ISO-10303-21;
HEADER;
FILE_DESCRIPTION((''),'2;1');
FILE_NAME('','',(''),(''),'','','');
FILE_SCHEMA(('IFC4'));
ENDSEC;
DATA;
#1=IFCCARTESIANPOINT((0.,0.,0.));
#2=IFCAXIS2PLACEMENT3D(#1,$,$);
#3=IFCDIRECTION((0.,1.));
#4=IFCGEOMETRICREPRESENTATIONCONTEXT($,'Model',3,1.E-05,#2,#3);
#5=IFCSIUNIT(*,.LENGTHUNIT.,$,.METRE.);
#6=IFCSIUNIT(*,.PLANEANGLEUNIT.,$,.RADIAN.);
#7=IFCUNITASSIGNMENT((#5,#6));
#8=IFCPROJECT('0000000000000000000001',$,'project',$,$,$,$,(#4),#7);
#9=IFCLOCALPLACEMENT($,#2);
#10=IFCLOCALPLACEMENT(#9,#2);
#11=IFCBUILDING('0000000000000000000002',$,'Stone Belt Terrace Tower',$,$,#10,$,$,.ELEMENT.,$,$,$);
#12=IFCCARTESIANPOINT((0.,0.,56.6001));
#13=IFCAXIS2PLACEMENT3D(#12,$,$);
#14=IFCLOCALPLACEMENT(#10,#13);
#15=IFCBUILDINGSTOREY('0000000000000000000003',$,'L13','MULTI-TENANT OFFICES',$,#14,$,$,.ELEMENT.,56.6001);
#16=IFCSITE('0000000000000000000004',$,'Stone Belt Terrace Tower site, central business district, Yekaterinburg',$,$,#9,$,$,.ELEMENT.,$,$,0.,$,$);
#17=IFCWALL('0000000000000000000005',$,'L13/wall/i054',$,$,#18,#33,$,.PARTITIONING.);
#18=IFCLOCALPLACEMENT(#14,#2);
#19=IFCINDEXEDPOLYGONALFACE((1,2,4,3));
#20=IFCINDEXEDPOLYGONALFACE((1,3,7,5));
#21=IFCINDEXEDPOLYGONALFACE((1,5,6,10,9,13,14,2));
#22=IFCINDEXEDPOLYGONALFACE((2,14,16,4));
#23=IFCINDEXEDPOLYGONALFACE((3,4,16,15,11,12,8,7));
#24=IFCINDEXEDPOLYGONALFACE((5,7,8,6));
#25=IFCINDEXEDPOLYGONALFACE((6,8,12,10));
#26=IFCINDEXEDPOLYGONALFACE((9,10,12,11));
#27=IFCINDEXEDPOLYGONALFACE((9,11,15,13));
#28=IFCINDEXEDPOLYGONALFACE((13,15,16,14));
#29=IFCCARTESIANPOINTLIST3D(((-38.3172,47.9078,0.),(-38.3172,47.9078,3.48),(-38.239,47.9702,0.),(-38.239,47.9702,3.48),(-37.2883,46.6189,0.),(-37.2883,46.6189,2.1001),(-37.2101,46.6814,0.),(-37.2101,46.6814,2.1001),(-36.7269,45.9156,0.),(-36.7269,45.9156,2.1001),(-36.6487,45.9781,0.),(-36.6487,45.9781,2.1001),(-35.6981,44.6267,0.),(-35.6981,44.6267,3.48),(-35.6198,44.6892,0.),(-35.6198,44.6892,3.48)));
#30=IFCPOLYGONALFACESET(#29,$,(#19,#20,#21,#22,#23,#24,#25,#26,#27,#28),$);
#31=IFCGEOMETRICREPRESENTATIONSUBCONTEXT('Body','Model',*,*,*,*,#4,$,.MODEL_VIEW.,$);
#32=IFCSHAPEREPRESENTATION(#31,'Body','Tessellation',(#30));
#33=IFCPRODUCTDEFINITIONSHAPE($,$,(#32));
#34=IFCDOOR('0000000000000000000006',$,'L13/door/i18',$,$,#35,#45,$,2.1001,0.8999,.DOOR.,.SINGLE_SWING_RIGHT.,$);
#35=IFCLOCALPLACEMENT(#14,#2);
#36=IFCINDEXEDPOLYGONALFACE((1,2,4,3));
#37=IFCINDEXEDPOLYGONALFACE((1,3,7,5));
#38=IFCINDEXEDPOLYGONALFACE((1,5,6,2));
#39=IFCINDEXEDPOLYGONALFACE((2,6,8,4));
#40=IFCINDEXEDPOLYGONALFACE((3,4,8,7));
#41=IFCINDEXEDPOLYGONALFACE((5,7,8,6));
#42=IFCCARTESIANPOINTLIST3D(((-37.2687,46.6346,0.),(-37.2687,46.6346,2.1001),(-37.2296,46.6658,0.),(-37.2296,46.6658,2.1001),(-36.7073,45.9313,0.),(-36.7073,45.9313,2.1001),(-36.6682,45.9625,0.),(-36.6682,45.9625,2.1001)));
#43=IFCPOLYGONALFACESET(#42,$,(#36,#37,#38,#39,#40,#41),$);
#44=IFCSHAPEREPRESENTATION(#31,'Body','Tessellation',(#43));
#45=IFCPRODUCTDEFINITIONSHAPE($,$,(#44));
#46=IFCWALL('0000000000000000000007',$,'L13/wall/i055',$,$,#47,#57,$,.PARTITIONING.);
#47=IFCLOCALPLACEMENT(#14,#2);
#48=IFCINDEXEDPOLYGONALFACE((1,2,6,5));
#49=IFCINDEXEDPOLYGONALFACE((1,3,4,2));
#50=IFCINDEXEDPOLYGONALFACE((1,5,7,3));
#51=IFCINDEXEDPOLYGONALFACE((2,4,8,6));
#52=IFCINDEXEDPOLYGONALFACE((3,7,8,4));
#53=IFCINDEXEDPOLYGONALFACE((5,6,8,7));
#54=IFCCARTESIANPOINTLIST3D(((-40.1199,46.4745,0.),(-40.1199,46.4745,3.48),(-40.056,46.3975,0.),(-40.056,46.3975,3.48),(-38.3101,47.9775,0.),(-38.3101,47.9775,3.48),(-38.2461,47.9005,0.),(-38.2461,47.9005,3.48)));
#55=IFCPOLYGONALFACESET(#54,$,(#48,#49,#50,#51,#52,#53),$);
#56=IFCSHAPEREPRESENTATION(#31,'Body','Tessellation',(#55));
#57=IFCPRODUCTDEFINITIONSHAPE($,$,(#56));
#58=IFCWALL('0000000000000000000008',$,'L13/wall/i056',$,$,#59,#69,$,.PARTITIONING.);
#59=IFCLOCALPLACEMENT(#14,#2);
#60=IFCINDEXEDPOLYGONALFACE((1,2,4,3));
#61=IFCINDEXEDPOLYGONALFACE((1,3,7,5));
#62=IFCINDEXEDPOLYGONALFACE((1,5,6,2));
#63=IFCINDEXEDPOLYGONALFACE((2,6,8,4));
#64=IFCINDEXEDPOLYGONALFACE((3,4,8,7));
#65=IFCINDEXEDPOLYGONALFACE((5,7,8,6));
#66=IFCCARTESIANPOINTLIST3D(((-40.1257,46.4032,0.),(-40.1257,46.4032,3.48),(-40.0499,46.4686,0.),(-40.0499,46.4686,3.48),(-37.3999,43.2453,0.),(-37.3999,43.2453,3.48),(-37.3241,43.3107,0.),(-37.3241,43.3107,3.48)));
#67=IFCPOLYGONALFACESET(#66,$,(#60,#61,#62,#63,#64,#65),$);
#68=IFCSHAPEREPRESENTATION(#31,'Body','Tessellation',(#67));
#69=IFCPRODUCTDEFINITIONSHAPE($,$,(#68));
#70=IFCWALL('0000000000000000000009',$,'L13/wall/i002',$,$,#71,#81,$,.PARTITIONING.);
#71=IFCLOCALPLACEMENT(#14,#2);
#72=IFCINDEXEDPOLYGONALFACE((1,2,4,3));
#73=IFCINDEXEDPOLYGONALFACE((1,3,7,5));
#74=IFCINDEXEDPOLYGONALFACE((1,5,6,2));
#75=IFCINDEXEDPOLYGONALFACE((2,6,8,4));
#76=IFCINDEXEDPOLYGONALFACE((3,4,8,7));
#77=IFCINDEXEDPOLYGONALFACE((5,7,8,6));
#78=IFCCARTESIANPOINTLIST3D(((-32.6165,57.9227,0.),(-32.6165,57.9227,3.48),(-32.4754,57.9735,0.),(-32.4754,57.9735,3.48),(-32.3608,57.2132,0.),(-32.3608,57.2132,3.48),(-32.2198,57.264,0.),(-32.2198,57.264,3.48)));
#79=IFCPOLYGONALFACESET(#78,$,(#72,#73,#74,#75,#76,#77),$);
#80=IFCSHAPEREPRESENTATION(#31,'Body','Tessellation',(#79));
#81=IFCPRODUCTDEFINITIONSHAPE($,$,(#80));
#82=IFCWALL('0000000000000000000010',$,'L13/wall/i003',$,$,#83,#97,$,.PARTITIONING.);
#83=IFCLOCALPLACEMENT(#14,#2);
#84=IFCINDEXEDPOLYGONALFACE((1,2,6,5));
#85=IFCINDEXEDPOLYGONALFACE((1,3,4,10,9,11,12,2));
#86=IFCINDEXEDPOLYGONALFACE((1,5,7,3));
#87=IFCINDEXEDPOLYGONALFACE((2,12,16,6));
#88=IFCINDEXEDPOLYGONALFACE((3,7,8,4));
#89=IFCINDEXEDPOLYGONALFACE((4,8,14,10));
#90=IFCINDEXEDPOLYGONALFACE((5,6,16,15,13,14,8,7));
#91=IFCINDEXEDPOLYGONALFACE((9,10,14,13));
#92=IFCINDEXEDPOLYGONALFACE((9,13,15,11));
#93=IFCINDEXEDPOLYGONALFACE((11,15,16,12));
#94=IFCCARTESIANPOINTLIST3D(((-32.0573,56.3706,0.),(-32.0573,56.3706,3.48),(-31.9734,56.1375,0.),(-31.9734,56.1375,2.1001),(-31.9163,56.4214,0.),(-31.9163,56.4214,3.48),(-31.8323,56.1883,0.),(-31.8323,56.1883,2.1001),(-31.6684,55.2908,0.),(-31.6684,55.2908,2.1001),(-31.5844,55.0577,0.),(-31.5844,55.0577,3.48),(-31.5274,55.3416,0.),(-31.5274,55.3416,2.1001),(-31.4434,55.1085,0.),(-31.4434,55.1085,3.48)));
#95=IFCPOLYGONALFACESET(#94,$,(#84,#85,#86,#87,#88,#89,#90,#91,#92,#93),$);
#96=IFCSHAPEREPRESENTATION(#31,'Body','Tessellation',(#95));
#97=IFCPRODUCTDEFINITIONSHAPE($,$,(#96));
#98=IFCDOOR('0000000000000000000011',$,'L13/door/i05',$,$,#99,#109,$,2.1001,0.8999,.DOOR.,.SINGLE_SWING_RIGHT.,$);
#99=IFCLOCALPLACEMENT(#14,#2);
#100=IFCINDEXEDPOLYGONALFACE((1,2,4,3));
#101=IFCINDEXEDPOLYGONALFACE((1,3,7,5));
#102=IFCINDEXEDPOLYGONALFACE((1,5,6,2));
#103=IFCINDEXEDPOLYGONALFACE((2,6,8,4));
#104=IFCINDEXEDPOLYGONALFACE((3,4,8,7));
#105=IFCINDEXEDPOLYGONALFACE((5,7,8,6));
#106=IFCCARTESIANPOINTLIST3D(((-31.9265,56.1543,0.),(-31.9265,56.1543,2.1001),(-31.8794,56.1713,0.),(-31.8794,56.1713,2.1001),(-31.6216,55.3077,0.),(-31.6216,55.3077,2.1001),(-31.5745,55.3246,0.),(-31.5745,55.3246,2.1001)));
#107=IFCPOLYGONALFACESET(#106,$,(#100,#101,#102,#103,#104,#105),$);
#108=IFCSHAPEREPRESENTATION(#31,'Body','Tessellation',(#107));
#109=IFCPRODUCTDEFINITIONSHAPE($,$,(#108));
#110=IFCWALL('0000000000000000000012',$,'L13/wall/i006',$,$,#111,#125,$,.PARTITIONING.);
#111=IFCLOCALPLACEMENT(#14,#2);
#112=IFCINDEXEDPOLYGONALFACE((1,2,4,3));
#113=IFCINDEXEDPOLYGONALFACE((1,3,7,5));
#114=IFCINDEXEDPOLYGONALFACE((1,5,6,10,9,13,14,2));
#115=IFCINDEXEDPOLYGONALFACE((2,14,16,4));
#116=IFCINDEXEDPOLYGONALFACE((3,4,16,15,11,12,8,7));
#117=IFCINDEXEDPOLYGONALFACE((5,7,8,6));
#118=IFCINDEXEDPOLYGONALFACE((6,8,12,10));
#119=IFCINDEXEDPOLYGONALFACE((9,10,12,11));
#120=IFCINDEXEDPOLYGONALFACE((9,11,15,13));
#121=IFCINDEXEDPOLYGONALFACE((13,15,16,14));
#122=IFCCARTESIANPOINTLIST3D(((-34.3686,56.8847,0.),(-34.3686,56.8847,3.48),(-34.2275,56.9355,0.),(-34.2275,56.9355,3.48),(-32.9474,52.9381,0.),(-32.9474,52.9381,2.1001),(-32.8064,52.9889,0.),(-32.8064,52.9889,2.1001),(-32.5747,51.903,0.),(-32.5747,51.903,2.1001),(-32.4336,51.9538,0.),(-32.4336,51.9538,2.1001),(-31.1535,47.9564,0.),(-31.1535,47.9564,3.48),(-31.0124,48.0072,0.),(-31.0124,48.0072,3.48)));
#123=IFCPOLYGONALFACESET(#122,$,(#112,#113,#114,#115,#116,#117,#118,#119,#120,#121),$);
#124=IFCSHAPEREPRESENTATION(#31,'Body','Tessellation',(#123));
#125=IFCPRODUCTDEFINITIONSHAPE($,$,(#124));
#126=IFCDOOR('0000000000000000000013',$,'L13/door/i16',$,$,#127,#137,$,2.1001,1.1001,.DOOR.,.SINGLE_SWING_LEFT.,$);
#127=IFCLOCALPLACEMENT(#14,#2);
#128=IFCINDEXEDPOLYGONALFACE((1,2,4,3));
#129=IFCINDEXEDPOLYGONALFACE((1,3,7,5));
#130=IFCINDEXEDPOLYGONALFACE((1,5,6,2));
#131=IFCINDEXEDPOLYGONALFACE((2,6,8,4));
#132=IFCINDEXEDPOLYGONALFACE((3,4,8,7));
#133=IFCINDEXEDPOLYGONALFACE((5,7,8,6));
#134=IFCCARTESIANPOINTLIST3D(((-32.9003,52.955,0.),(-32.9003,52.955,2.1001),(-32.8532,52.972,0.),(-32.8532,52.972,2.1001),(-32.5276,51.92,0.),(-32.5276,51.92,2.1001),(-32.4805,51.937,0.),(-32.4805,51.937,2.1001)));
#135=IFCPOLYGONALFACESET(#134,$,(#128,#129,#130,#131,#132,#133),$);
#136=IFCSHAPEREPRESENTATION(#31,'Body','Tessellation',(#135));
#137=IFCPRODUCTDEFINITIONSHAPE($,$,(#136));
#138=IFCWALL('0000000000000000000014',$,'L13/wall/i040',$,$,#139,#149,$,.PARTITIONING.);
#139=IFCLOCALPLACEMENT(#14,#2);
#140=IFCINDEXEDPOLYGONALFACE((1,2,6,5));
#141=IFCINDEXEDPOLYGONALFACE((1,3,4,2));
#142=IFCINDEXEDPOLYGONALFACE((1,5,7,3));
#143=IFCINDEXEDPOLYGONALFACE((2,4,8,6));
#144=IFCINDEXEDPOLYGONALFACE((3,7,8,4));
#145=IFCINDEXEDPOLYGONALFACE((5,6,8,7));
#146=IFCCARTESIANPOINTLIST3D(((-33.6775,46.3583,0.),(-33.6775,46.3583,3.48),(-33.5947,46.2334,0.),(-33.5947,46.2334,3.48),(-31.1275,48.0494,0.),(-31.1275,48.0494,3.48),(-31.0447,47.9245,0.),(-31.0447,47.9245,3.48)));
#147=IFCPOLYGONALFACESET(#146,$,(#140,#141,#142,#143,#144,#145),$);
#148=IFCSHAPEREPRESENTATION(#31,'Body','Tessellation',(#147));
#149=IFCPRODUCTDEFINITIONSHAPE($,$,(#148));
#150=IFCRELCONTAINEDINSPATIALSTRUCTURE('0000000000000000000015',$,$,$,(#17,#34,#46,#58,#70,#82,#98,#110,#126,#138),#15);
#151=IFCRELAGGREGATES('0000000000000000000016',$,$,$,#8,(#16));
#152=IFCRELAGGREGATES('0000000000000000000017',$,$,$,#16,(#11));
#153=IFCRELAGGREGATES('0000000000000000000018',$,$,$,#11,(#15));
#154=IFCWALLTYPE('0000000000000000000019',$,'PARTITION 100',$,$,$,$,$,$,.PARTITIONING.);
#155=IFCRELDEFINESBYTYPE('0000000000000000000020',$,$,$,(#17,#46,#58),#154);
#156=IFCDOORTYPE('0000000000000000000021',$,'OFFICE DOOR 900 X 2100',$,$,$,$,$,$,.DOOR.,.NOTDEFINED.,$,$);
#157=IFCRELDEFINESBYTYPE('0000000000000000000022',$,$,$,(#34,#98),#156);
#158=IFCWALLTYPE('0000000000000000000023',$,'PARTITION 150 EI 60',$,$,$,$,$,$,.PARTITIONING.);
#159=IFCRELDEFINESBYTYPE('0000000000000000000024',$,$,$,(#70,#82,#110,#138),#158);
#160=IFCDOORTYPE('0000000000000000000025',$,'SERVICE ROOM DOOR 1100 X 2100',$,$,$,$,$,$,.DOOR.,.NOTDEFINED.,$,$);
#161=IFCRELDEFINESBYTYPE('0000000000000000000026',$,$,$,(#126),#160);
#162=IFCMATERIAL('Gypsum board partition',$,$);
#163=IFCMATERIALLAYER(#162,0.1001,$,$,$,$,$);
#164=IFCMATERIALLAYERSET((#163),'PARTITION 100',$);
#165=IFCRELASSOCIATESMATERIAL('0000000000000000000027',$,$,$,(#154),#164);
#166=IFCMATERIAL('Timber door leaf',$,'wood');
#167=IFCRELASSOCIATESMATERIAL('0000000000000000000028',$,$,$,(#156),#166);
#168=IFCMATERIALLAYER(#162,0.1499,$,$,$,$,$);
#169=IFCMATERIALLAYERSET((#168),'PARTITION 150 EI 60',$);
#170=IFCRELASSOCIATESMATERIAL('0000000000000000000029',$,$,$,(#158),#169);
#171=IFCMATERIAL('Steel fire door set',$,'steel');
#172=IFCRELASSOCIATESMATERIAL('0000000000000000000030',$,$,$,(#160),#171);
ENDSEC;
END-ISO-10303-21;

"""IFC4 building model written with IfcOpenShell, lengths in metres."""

from ifc_helpers import new_model, si_unit, direction, frame, frame_2d, origin, place, context, subcontext, project, spatial, rectangle, extrude, material, layer, layer_set, type_object, element, fill, save


model = new_model("IFC4")

# Units and contexts
model_context = context("Model", 3, precision=1e-05, world=origin(), true_north=direction((0.0, 1.0)))
body_context = subcontext(model_context, "Body", "Model", "MODEL_VIEW")
ifc_project = project(units=[si_unit("LENGTHUNIT", "METRE"), si_unit("PLANEANGLEUNIT", "RADIAN")], contexts=[model_context])

# Site, building, storey
site_placement = place(None, origin())
site = spatial("IfcSite", under=ifc_project, at=site_placement, Name="Stone Belt Terrace Tower site, central business district, Yekaterinburg", CompositionType="ELEMENT", RefElevation=0.0)
building_placement = place(site_placement, origin())
building = spatial("IfcBuilding", under=site, at=building_placement, Name="Stone Belt Terrace Tower", CompositionType="ELEMENT")
storey_placement = place(building_placement, frame((0.0, 0.0, 56.6001)))
storey = spatial("IfcBuildingStorey", under=building, at=storey_placement, Name="L13", Description="MULTI-TENANT OFFICES", CompositionType="ELEMENT", Elevation=56.6001)

# Wall, opening, door
ifc_material_1 = material(Name="Gypsum board partition")
ifc_layer_1 = layer(ifc_material_1, 0.1001)
ifc_layer_set_1 = layer_set([ifc_layer_1], Name="PARTITION 100")
wall_type_1 = type_object("IfcWallType", Name="PARTITION 100", PredefinedType="PARTITIONING", material=ifc_layer_set_1)
wall_1_placement = place(storey_placement, frame((-35.6589, 44.658, 0.0), z_axis=(0.0, 0.0, 1.0), x_axis=(-0.623872, 0.781527, 0.0)))
wall_1 = element("IfcWall", 1, at=wall_1_placement, inside=storey, type_object=wall_type_1, Name="L13/wall/i054", PredefinedType="PARTITIONING", context=body_context, shape_type="SweptSolid", body=[
    extrude(rectangle(XDim=4.1982, YDim=0.1001, at=frame_2d((2.0991, 0.0))), origin(), (0.0, 0.0, 1.0), 3.48),
])
opening_1_placement = place(wall_1_placement, frame((1.6492, 0.0, 0.0)))
opening_1 = element("IfcOpeningElement", 2, at=opening_1_placement, cuts=wall_1, PredefinedType="OPENING", context=body_context, shape_type="SweptSolid", body=[
    extrude(rectangle(XDim=0.8999, YDim=2.1001, at=frame_2d((0.45, 1.05))), frame((0.0, 0.0601, 0.0), z_axis=(0.0, -1.0, 0.0), x_axis=(1.0, 0.0, 0.0)), (0.0, 0.0, 1.0), 0.1201),
])
ifc_material_2 = material(Name="Timber door leaf", Category="wood")
door_type_1 = type_object("IfcDoorType", Name="OFFICE DOOR 900 X 2100", OperationType="NOTDEFINED", PredefinedType="DOOR", material=ifc_material_2)
door_1_placement = place(opening_1_placement, origin())
door_1 = element("IfcDoor", 3, at=door_1_placement, inside=storey, type_object=door_type_1, Name="L13/door/i18", OperationType="SINGLE_SWING_RIGHT", OverallHeight=2.1001, OverallWidth=0.8999, PredefinedType="DOOR", context=body_context, shape_type="SweptSolid", body=[
    extrude(rectangle(XDim=0.8999, YDim=2.1001, at=frame_2d((0.45, 1.05))), frame((0.0, 0.0249, 0.0), z_axis=(0.0, -1.0, 0.0), x_axis=(1.0, 0.0, 0.0)), (0.0, 0.0, 1.0), 0.05),
])
fill(opening_1, door_1)

# Walls
wall_2_placement = place(storey_placement, frame((-38.2781, 47.939, 0.0), z_axis=(0.0, 0.0, 1.0), x_axis=(-0.769317, -0.638867, 0.0)))
element("IfcWall", 4, at=wall_2_placement, inside=storey, type_object=wall_type_1, Name="L13/wall/i055", PredefinedType="PARTITIONING", context=body_context, shape_type="SweptSolid", body=[
    extrude(rectangle(XDim=2.3525, YDim=0.1001, at=frame_2d((1.1763, 0.0))), origin(), (0.0, 0.0, 1.0), 3.48),
])
wall_3_placement = place(storey_placement, frame((-40.0879, 46.436, 0.0), z_axis=(0.0, 0.0, 1.0), x_axis=(0.653414, -0.757001, 0.0)))
element("IfcWall", 5, at=wall_3_placement, inside=storey, type_object=wall_type_1, Name="L13/wall/i056", PredefinedType="PARTITIONING", context=body_context, shape_type="SweptSolid", body=[
    extrude(rectangle(XDim=4.1716, YDim=0.1001, at=frame_2d((2.0859, 0.0))), origin(), (0.0, 0.0, 1.0), 3.48),
])
ifc_layer_2 = layer(ifc_material_1, 0.1499)
ifc_layer_set_2 = layer_set([ifc_layer_2], Name="PARTITION 150 EI 60")
wall_type_2 = type_object("IfcWallType", Name="PARTITION 150 EI 60", PredefinedType="PARTITIONING", material=ifc_layer_set_2)
wall_4_placement = place(storey_placement, frame((-32.5459, 57.948, 0.0), z_axis=(0.0, 0.0, 1.0), x_axis=(0.33896, -0.940801, 0.0)))
element("IfcWall", 6, at=wall_4_placement, inside=storey, type_object=wall_type_2, Name="L13/wall/i002", PredefinedType="PARTITIONING", context=body_context, shape_type="SweptSolid", body=[
    extrude(rectangle(XDim=0.7542, YDim=0.1499, at=frame_2d((0.377, 0.0))), origin(), (0.0, 0.0, 1.0), 3.48),
])

# Walls, openings, doors
wall_5_placement = place(storey_placement, frame((-31.9868, 56.396, 0.0), z_axis=(0.0, 0.0, 1.0), x_axis=(0.338862, -0.940836, 0.0)))
wall_5 = element("IfcWall", 7, at=wall_5_placement, inside=storey, type_object=wall_type_2, Name="L13/wall/i003", PredefinedType="PARTITIONING", context=body_context, shape_type="SweptSolid", body=[
    extrude(rectangle(XDim=1.3955, YDim=0.1499, at=frame_2d((0.6978, 0.0))), origin(), (0.0, 0.0, 1.0), 3.48),
])
opening_2_placement = place(wall_5_placement, frame((0.2478, 0.0, 0.0)))
opening_2 = element("IfcOpeningElement", 8, at=opening_2_placement, cuts=wall_5, PredefinedType="OPENING", context=body_context, shape_type="SweptSolid", body=[
    extrude(rectangle(XDim=0.8999, YDim=2.1001, at=frame_2d((0.45, 1.05))), frame((0.0, 0.085, 0.0), z_axis=(0.0, -1.0, 0.0), x_axis=(1.0, 0.0, 0.0)), (0.0, 0.0, 1.0), 0.1699),
])
door_2_placement = place(opening_2_placement, origin())
door_2 = element("IfcDoor", 9, at=door_2_placement, inside=storey, type_object=door_type_1, Name="L13/door/i05", OperationType="SINGLE_SWING_RIGHT", OverallHeight=2.1001, OverallWidth=0.8999, PredefinedType="DOOR", context=body_context, shape_type="SweptSolid", body=[
    extrude(rectangle(XDim=0.8999, YDim=2.1001, at=frame_2d((0.45, 1.05))), frame((0.0, 0.0249, 0.0), z_axis=(0.0, -1.0, 0.0), x_axis=(1.0, 0.0, 0.0)), (0.0, 0.0, 1.0), 0.05),
])
fill(opening_2, door_2)
wall_6_placement = place(storey_placement, frame((-31.083, 47.9819, 0.0), z_axis=(0.0, 0.0, 1.0), x_axis=(-0.338806, 0.940856, 0.0)))
wall_6 = element("IfcWall", 10, at=wall_6_placement, inside=storey, type_object=wall_type_2, Name="L13/wall/i006", PredefinedType="PARTITIONING", context=body_context, shape_type="SweptSolid", body=[
    extrude(rectangle(XDim=9.4895, YDim=0.1499, at=frame_2d((4.7446, 0.0))), origin(), (0.0, 0.0, 1.0), 3.48),
])
opening_3_placement = place(wall_6_placement, frame((4.1946, 0.0, 0.0)))
opening_3 = element("IfcOpeningElement", 11, at=opening_3_placement, cuts=wall_6, PredefinedType="OPENING", context=body_context, shape_type="SweptSolid", body=[
    extrude(rectangle(XDim=1.1001, YDim=2.1001, at=frame_2d((0.55, 1.05))), frame((0.0, 0.085, 0.0), z_axis=(0.0, -1.0, 0.0), x_axis=(1.0, 0.0, 0.0)), (0.0, 0.0, 1.0), 0.1699),
])
ifc_material_3 = material(Name="Steel fire door set", Category="steel")
door_type_2 = type_object("IfcDoorType", Name="SERVICE ROOM DOOR 1100 X 2100", OperationType="NOTDEFINED", PredefinedType="DOOR", material=ifc_material_3)
door_3_placement = place(opening_3_placement, origin())
door_3 = element("IfcDoor", 12, at=door_3_placement, inside=storey, type_object=door_type_2, Name="L13/door/i16", OperationType="SINGLE_SWING_LEFT", OverallHeight=2.1001, OverallWidth=1.1001, PredefinedType="DOOR", context=body_context, shape_type="SweptSolid", body=[
    extrude(rectangle(XDim=1.1001, YDim=2.1001, at=frame_2d((0.55, 1.05))), frame((0.0, 0.0249, 0.0), z_axis=(0.0, -1.0, 0.0), x_axis=(1.0, 0.0, 0.0)), (0.0, 0.0, 1.0), 0.05),
])
fill(opening_3, door_3)

# Wall
wall_7_placement = place(storey_placement, frame((-33.636, 46.2959, 0.0), z_axis=(0.0, 0.0, 1.0), x_axis=(0.833386, 0.552692, 0.0)))
element("IfcWall", 13, at=wall_7_placement, inside=storey, type_object=wall_type_2, Name="L13/wall/i040", PredefinedType="PARTITIONING", context=body_context, shape_type="SweptSolid", body=[
    extrude(rectangle(XDim=3.0598, YDim=0.1499, at=frame_2d((1.5298, 0.0))), origin(), (0.0, 0.0, 1.0), 3.48),
])

save(model, "model.ifc")
